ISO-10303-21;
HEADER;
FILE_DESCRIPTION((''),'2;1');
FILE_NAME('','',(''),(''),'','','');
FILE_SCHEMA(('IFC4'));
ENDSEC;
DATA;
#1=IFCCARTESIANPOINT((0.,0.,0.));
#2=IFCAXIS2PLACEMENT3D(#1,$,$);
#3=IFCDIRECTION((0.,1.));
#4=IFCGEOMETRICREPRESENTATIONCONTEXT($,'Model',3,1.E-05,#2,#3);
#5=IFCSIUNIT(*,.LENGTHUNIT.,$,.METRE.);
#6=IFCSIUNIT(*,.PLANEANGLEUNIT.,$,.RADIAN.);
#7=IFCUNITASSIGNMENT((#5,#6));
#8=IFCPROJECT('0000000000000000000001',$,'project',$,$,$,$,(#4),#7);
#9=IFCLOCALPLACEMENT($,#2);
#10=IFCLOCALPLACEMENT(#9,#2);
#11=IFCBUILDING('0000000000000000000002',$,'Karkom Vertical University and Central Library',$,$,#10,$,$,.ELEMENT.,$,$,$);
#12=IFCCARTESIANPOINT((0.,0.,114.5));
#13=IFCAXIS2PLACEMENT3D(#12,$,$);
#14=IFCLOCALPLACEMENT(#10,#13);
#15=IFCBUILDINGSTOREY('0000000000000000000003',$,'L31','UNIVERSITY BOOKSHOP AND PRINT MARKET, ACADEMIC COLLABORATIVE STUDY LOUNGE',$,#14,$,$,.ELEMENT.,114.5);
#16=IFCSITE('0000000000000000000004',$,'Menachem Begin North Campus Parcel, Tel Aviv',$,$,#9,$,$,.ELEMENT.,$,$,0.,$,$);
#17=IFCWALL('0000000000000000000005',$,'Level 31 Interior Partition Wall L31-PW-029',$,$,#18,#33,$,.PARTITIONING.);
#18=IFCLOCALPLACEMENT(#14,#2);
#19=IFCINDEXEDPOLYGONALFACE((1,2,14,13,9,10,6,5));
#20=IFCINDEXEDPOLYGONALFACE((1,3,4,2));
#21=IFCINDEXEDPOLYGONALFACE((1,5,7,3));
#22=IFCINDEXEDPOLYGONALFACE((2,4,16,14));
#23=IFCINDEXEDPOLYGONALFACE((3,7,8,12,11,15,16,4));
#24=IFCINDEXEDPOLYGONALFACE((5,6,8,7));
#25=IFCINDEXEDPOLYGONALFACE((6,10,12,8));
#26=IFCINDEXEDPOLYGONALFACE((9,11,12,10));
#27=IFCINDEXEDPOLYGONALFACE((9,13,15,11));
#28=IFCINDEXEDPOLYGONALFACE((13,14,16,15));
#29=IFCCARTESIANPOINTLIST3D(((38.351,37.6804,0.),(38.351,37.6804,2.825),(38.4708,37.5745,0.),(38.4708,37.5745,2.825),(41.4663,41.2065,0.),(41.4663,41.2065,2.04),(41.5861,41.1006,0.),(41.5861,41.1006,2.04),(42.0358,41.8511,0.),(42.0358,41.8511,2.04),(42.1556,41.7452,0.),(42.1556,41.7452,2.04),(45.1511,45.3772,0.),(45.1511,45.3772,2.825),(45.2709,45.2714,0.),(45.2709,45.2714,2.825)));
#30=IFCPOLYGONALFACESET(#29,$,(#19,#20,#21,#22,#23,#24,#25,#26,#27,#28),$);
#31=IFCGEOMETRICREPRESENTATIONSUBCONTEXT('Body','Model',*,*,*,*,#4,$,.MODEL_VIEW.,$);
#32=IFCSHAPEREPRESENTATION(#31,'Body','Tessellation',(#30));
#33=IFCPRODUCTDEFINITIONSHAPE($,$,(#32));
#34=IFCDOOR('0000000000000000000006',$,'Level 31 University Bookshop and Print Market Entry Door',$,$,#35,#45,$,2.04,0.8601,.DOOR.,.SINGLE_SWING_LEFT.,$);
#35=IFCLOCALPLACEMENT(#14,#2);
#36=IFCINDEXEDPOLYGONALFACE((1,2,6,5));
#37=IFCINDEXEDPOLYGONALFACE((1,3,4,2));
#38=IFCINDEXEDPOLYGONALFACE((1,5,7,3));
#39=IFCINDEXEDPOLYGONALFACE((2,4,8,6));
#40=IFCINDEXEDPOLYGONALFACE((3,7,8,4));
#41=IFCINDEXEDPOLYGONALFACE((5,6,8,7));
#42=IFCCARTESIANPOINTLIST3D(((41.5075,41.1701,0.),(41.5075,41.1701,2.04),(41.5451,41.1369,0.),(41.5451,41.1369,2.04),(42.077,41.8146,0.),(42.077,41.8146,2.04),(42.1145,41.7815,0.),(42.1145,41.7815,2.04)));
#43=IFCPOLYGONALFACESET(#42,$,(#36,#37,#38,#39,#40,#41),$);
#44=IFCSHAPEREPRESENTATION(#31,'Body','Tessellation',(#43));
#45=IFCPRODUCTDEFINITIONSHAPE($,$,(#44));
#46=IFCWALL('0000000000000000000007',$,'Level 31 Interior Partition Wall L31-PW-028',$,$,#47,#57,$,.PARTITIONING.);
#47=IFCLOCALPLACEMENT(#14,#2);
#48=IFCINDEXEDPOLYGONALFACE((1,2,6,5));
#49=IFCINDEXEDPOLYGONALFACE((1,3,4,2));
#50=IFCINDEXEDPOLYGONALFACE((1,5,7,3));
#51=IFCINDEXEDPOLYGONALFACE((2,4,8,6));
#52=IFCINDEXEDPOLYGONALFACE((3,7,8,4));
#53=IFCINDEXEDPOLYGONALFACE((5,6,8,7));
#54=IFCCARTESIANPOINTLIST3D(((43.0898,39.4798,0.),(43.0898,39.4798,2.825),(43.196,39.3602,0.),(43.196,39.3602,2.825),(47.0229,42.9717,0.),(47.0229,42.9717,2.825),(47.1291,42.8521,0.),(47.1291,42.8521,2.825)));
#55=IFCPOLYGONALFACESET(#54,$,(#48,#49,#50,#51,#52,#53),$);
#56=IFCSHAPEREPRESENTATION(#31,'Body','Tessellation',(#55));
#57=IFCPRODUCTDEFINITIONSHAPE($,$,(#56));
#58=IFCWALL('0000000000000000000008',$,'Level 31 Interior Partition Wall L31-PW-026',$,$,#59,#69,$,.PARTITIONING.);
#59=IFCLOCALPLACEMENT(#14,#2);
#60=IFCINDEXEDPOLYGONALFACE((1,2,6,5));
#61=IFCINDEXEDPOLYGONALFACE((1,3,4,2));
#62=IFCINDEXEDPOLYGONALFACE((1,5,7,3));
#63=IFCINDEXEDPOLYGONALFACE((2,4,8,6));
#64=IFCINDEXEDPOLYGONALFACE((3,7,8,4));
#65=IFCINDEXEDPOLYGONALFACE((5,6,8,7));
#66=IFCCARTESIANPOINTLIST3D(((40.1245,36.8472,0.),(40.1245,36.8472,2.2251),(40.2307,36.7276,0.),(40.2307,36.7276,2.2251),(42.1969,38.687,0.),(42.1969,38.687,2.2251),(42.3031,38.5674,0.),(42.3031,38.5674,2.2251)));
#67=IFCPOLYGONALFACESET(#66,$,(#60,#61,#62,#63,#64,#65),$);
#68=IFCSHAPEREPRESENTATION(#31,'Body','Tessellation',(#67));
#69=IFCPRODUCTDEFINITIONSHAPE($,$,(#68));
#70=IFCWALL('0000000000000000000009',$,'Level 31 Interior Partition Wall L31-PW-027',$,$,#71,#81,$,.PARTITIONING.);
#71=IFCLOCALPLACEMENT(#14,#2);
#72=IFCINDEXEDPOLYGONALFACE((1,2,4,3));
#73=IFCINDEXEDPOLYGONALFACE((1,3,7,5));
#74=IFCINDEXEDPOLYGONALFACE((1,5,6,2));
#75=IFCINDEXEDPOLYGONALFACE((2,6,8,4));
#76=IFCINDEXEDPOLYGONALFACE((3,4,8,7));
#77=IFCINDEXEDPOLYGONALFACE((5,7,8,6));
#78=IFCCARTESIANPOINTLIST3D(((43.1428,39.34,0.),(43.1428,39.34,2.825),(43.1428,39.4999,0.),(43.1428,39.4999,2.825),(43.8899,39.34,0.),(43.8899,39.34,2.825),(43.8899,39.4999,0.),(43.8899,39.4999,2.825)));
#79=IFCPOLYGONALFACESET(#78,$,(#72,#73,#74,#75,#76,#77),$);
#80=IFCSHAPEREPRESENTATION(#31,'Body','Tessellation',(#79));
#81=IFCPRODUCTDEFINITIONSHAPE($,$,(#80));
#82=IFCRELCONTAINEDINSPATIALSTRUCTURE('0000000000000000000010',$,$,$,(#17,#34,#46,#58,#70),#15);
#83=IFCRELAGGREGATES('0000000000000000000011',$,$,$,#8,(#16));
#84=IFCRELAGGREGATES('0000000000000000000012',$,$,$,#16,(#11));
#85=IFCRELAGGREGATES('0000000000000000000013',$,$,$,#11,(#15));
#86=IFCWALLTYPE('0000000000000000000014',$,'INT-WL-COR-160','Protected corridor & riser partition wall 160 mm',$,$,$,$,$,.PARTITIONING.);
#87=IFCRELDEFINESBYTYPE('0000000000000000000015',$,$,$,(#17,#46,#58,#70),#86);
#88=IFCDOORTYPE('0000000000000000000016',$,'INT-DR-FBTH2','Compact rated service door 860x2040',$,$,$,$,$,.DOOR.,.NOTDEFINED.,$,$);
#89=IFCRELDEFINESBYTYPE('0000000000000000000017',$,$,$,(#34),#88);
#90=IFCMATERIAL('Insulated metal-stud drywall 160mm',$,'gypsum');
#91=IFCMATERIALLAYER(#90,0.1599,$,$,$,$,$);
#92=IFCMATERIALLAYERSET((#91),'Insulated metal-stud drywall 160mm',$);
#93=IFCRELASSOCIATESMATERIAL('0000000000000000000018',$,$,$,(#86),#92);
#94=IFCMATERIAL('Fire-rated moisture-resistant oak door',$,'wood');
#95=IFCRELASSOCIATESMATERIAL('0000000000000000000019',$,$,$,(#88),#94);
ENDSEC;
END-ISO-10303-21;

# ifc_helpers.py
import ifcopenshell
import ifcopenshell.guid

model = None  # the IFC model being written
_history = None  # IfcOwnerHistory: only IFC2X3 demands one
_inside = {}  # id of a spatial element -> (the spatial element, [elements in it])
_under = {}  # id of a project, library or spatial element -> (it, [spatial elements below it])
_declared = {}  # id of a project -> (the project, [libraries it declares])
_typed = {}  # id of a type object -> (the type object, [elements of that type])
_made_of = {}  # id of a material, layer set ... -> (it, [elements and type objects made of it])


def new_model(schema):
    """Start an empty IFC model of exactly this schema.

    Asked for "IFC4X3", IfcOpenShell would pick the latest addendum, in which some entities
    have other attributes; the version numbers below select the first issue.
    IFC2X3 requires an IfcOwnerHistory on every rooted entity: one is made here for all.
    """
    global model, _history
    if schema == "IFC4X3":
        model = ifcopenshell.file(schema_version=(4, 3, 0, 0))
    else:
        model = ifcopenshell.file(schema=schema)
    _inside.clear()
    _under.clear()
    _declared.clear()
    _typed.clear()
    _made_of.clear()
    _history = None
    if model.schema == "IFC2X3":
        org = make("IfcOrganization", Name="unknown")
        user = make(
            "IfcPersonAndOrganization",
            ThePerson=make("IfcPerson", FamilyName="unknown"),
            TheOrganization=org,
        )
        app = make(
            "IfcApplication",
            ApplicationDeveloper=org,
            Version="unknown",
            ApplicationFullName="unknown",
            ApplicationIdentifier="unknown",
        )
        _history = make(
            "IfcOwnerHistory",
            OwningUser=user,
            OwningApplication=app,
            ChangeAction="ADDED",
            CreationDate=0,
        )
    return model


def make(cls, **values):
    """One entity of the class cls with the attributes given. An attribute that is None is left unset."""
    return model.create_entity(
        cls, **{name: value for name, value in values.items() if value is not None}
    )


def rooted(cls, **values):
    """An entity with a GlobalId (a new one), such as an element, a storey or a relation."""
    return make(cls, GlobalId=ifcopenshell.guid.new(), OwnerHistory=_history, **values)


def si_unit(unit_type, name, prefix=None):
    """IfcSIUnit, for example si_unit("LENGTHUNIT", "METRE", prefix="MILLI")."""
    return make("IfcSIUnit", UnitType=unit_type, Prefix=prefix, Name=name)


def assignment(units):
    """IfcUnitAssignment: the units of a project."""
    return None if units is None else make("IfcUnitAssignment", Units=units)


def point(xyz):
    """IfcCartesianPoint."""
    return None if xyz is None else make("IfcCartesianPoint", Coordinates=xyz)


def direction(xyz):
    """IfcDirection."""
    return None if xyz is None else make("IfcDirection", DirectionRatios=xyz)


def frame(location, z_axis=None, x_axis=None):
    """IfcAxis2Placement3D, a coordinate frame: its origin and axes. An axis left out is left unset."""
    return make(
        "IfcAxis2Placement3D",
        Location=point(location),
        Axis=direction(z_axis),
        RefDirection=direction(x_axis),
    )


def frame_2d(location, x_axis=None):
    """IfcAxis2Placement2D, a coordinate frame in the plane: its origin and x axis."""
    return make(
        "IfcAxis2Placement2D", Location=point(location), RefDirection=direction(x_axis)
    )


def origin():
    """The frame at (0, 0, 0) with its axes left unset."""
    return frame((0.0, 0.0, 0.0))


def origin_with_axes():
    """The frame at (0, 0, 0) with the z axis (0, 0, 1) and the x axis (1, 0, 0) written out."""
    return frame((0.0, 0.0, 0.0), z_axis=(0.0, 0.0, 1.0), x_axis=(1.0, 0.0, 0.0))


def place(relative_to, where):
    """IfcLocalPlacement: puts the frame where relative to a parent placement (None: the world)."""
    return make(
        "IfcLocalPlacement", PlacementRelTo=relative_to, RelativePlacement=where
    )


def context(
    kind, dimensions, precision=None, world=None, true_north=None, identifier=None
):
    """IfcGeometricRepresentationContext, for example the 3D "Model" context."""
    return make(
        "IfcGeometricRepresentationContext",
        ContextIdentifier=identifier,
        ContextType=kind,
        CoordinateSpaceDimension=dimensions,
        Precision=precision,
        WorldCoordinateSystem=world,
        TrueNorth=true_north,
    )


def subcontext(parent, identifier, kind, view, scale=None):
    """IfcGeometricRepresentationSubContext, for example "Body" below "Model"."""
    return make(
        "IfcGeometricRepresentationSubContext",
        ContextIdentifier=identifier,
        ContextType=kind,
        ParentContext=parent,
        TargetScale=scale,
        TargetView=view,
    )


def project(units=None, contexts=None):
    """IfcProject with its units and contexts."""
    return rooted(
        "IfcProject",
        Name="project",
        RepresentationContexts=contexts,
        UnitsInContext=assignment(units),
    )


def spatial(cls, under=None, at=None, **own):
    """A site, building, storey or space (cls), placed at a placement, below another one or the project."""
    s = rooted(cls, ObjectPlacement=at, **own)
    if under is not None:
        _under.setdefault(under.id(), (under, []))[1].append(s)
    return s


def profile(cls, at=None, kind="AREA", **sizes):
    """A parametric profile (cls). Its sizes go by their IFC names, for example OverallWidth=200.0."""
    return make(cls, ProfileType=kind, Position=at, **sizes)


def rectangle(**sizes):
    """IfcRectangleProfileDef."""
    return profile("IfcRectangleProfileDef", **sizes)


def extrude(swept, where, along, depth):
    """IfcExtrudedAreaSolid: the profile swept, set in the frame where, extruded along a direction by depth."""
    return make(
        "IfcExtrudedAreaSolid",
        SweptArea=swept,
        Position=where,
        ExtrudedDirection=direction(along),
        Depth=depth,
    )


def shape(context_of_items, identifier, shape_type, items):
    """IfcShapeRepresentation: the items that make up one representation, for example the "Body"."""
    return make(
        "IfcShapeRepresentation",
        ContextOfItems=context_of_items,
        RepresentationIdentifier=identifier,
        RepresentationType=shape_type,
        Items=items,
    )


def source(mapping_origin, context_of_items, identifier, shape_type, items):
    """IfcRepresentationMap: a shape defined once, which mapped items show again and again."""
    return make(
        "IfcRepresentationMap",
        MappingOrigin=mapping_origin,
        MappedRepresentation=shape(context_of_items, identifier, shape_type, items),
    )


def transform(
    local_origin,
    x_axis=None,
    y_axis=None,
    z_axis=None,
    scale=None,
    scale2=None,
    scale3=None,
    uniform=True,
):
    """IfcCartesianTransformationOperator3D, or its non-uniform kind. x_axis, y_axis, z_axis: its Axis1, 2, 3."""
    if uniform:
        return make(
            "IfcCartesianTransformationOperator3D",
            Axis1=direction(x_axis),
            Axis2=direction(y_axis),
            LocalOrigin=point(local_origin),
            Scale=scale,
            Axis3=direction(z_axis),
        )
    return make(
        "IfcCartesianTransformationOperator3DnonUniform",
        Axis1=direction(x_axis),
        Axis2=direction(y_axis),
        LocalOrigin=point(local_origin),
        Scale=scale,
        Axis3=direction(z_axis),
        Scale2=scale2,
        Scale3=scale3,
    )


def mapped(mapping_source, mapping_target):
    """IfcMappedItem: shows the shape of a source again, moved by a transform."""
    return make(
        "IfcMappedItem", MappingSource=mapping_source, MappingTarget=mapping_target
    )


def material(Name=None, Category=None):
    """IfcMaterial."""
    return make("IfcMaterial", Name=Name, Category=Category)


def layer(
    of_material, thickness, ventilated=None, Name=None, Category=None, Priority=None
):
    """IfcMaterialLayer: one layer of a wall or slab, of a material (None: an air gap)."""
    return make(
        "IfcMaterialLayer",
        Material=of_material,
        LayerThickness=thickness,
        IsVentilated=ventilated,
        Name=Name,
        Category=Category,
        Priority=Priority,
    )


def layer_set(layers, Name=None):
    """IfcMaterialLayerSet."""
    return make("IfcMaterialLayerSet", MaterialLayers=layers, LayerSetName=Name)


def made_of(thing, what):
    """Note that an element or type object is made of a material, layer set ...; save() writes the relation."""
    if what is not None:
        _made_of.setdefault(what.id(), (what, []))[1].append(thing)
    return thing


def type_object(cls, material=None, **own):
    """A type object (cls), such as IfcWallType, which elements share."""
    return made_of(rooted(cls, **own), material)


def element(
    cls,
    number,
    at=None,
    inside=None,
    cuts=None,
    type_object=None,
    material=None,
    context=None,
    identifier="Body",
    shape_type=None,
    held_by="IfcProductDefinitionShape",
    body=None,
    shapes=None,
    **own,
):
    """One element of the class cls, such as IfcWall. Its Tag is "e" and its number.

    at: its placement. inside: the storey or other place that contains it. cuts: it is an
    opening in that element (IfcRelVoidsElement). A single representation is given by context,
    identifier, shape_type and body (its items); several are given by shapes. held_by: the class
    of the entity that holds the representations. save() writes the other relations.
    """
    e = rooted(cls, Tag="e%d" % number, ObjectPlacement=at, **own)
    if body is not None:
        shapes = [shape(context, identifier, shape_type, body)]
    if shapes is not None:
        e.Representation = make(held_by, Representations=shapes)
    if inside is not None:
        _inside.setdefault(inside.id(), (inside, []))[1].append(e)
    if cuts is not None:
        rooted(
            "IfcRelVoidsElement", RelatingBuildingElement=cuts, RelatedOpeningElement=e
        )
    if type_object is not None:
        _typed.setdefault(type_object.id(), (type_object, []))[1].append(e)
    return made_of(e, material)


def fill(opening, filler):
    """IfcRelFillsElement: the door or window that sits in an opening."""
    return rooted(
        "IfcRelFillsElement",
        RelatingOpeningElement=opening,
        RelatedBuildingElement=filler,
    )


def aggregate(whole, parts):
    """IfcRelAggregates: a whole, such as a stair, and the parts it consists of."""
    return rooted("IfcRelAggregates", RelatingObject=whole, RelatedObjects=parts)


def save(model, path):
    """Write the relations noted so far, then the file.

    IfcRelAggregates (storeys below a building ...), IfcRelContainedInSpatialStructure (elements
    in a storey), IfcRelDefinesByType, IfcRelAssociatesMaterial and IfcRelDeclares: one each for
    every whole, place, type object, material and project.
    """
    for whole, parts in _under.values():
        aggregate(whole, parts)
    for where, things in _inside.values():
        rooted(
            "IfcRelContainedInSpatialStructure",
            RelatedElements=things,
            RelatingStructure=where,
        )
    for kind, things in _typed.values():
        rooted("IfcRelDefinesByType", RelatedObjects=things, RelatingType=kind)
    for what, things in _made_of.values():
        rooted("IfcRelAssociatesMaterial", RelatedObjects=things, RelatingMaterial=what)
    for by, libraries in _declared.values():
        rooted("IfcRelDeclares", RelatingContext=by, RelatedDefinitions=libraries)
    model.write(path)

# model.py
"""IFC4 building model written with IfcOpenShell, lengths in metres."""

from ifc_helpers import new_model, si_unit, direction, frame, frame_2d, origin, origin_with_axes, place, context, subcontext, project, spatial, rectangle, extrude, source, transform, mapped, material, layer, layer_set, type_object, element, fill, save


model = new_model("IFC4")

# Units and contexts
model_context = context("Model", 3, precision=1e-05, world=origin(), true_north=direction((0.0, 1.0)))
body_context = subcontext(model_context, "Body", "Model", "MODEL_VIEW")
ifc_project = project(units=[si_unit("LENGTHUNIT", "METRE"), si_unit("PLANEANGLEUNIT", "RADIAN")], contexts=[model_context])

# Site, building, storey
site_placement = place(None, origin())
site = spatial("IfcSite", under=ifc_project, at=site_placement, Name="Menachem Begin North Campus Parcel, Tel Aviv", CompositionType="ELEMENT", RefElevation=0.0)
building_placement = place(site_placement, origin())
building = spatial("IfcBuilding", under=site, at=building_placement, Name="Karkom Vertical University and Central Library", CompositionType="ELEMENT")
storey_placement = place(building_placement, frame((0.0, 0.0, 114.5)))
storey = spatial("IfcBuildingStorey", under=building, at=storey_placement, Name="L31", Description="UNIVERSITY BOOKSHOP AND PRINT MARKET, ACADEMIC COLLABORATIVE STUDY LOUNGE", CompositionType="ELEMENT", Elevation=114.5)

# Shared definitions
ifc_material_1 = material(Name="Insulated metal-stud drywall 160mm", Category="gypsum")
ifc_layer_1 = layer(ifc_material_1, 0.1599)
ifc_layer_set_1 = layer_set([ifc_layer_1], Name="Insulated metal-stud drywall 160mm")
wall_type_1 = type_object("IfcWallType", Name="INT-WL-COR-160", Description="Protected corridor & riser partition wall 160 mm", PredefinedType="PARTITIONING", material=ifc_layer_set_1)

# Wall, opening, door
wall_1_placement = place(storey_placement, frame((38.4109, 37.6274, 0.0), z_axis=(0.0, 0.0, 1.0), x_axis=(0.662102, 0.749414, 0.0)))
wall_1 = element("IfcWall", 1, at=wall_1_placement, inside=storey, type_object=wall_type_1, Name="Level 31 Interior Partition Wall L31-PW-029", PredefinedType="PARTITIONING", context=body_context, shape_type="SweptSolid", body=[
    extrude(rectangle(XDim=10.2705, YDim=0.1599, at=frame_2d((5.1353, 0.0))), origin(), (0.0, 0.0, 1.0), 2.825),
])
opening_1_placement = place(wall_1_placement, frame((4.7051, 0.0, 0.0)))
opening_1 = element("IfcOpeningElement", 2, at=opening_1_placement, cuts=wall_1, PredefinedType="OPENING", context=body_context, shape_type="SweptSolid", body=[
    extrude(rectangle(XDim=0.8601, YDim=2.04, at=frame_2d((0.4302, 1.02))), frame((0.0, 0.0898, 0.0), z_axis=(0.0, -1.0, 0.0), x_axis=(1.0, 0.0, 0.0)), (0.0, 0.0, 1.0), 0.1799),
])
ifc_material_2 = material(Name="Fire-rated moisture-resistant oak door", Category="wood")
door_type_1 = type_object("IfcDoorType", Name="INT-DR-FBTH2", Description="Compact rated service door 860x2040", OperationType="NOTDEFINED", PredefinedType="DOOR", material=ifc_material_2)
shared_shape_1 = source(origin_with_axes(), body_context, "Body", "SweptSolid", [
    extrude(rectangle(XDim=0.8601, YDim=2.04, at=frame_2d((0.4302, 1.02))), frame((0.0, 0.0249, 0.0), z_axis=(0.0, -1.0, 0.0), x_axis=(1.0, 0.0, 0.0)), (0.0, 0.0, 1.0), 0.05),
])
door_1_placement = place(opening_1_placement, origin())
door_1 = element("IfcDoor", 3, at=door_1_placement, inside=storey, type_object=door_type_1, Name="Level 31 University Bookshop and Print Market Entry Door", OperationType="SINGLE_SWING_LEFT", OverallHeight=2.04, OverallWidth=0.8601, PredefinedType="DOOR", context=body_context, shape_type="MappedRepresentation", body=[
    mapped(shared_shape_1, transform((0.0, 0.0, 0.0), scale=1.0)),
])
fill(opening_1, door_1)

# Walls
wall_2_placement = place(storey_placement, frame((43.1428, 39.4199, 0.0), z_axis=(0.0, 0.0, 1.0), x_axis=(0.747801, 0.663923, 0.0)))
element("IfcWall", 4, at=wall_2_placement, inside=storey, type_object=wall_type_1, Name="Level 31 Interior Partition Wall L31-PW-028", PredefinedType="PARTITIONING", context=body_context, shape_type="SweptSolid", body=[
    extrude(rectangle(XDim=5.2595, YDim=0.1599, at=frame_2d((2.6299, 0.0))), origin(), (0.0, 0.0, 1.0), 2.825),
])
wall_3_placement = place(storey_placement, frame((40.1775, 36.7874, 0.0), z_axis=(0.0, 0.0, 1.0), x_axis=(0.747837, 0.663883, 0.0)))
element("IfcWall", 5, at=wall_3_placement, inside=storey, type_object=wall_type_1, Name="Level 31 Interior Partition Wall L31-PW-026", PredefinedType="PARTITIONING", context=body_context, shape_type="SweptSolid", body=[
    extrude(rectangle(XDim=2.7712, YDim=0.1599, at=frame_2d((1.3857, 0.0))), origin(), (0.0, 0.0, 1.0), 2.2251),
])
wall_4_placement = place(storey_placement, frame((43.8899, 39.4199, 0.0), z_axis=(0.0, 0.0, 1.0), x_axis=(-1.0, 0.0, 0.0)))
element("IfcWall", 6, at=wall_4_placement, inside=storey, type_object=wall_type_1, Name="Level 31 Interior Partition Wall L31-PW-027", PredefinedType="PARTITIONING", context=body_context, shape_type="SweptSolid", body=[
    extrude(rectangle(XDim=0.7471, YDim=0.1599, at=frame_2d((0.3735, 0.0))), origin(), (0.0, 0.0, 1.0), 2.825),
])

save(model, "model.ifc")
